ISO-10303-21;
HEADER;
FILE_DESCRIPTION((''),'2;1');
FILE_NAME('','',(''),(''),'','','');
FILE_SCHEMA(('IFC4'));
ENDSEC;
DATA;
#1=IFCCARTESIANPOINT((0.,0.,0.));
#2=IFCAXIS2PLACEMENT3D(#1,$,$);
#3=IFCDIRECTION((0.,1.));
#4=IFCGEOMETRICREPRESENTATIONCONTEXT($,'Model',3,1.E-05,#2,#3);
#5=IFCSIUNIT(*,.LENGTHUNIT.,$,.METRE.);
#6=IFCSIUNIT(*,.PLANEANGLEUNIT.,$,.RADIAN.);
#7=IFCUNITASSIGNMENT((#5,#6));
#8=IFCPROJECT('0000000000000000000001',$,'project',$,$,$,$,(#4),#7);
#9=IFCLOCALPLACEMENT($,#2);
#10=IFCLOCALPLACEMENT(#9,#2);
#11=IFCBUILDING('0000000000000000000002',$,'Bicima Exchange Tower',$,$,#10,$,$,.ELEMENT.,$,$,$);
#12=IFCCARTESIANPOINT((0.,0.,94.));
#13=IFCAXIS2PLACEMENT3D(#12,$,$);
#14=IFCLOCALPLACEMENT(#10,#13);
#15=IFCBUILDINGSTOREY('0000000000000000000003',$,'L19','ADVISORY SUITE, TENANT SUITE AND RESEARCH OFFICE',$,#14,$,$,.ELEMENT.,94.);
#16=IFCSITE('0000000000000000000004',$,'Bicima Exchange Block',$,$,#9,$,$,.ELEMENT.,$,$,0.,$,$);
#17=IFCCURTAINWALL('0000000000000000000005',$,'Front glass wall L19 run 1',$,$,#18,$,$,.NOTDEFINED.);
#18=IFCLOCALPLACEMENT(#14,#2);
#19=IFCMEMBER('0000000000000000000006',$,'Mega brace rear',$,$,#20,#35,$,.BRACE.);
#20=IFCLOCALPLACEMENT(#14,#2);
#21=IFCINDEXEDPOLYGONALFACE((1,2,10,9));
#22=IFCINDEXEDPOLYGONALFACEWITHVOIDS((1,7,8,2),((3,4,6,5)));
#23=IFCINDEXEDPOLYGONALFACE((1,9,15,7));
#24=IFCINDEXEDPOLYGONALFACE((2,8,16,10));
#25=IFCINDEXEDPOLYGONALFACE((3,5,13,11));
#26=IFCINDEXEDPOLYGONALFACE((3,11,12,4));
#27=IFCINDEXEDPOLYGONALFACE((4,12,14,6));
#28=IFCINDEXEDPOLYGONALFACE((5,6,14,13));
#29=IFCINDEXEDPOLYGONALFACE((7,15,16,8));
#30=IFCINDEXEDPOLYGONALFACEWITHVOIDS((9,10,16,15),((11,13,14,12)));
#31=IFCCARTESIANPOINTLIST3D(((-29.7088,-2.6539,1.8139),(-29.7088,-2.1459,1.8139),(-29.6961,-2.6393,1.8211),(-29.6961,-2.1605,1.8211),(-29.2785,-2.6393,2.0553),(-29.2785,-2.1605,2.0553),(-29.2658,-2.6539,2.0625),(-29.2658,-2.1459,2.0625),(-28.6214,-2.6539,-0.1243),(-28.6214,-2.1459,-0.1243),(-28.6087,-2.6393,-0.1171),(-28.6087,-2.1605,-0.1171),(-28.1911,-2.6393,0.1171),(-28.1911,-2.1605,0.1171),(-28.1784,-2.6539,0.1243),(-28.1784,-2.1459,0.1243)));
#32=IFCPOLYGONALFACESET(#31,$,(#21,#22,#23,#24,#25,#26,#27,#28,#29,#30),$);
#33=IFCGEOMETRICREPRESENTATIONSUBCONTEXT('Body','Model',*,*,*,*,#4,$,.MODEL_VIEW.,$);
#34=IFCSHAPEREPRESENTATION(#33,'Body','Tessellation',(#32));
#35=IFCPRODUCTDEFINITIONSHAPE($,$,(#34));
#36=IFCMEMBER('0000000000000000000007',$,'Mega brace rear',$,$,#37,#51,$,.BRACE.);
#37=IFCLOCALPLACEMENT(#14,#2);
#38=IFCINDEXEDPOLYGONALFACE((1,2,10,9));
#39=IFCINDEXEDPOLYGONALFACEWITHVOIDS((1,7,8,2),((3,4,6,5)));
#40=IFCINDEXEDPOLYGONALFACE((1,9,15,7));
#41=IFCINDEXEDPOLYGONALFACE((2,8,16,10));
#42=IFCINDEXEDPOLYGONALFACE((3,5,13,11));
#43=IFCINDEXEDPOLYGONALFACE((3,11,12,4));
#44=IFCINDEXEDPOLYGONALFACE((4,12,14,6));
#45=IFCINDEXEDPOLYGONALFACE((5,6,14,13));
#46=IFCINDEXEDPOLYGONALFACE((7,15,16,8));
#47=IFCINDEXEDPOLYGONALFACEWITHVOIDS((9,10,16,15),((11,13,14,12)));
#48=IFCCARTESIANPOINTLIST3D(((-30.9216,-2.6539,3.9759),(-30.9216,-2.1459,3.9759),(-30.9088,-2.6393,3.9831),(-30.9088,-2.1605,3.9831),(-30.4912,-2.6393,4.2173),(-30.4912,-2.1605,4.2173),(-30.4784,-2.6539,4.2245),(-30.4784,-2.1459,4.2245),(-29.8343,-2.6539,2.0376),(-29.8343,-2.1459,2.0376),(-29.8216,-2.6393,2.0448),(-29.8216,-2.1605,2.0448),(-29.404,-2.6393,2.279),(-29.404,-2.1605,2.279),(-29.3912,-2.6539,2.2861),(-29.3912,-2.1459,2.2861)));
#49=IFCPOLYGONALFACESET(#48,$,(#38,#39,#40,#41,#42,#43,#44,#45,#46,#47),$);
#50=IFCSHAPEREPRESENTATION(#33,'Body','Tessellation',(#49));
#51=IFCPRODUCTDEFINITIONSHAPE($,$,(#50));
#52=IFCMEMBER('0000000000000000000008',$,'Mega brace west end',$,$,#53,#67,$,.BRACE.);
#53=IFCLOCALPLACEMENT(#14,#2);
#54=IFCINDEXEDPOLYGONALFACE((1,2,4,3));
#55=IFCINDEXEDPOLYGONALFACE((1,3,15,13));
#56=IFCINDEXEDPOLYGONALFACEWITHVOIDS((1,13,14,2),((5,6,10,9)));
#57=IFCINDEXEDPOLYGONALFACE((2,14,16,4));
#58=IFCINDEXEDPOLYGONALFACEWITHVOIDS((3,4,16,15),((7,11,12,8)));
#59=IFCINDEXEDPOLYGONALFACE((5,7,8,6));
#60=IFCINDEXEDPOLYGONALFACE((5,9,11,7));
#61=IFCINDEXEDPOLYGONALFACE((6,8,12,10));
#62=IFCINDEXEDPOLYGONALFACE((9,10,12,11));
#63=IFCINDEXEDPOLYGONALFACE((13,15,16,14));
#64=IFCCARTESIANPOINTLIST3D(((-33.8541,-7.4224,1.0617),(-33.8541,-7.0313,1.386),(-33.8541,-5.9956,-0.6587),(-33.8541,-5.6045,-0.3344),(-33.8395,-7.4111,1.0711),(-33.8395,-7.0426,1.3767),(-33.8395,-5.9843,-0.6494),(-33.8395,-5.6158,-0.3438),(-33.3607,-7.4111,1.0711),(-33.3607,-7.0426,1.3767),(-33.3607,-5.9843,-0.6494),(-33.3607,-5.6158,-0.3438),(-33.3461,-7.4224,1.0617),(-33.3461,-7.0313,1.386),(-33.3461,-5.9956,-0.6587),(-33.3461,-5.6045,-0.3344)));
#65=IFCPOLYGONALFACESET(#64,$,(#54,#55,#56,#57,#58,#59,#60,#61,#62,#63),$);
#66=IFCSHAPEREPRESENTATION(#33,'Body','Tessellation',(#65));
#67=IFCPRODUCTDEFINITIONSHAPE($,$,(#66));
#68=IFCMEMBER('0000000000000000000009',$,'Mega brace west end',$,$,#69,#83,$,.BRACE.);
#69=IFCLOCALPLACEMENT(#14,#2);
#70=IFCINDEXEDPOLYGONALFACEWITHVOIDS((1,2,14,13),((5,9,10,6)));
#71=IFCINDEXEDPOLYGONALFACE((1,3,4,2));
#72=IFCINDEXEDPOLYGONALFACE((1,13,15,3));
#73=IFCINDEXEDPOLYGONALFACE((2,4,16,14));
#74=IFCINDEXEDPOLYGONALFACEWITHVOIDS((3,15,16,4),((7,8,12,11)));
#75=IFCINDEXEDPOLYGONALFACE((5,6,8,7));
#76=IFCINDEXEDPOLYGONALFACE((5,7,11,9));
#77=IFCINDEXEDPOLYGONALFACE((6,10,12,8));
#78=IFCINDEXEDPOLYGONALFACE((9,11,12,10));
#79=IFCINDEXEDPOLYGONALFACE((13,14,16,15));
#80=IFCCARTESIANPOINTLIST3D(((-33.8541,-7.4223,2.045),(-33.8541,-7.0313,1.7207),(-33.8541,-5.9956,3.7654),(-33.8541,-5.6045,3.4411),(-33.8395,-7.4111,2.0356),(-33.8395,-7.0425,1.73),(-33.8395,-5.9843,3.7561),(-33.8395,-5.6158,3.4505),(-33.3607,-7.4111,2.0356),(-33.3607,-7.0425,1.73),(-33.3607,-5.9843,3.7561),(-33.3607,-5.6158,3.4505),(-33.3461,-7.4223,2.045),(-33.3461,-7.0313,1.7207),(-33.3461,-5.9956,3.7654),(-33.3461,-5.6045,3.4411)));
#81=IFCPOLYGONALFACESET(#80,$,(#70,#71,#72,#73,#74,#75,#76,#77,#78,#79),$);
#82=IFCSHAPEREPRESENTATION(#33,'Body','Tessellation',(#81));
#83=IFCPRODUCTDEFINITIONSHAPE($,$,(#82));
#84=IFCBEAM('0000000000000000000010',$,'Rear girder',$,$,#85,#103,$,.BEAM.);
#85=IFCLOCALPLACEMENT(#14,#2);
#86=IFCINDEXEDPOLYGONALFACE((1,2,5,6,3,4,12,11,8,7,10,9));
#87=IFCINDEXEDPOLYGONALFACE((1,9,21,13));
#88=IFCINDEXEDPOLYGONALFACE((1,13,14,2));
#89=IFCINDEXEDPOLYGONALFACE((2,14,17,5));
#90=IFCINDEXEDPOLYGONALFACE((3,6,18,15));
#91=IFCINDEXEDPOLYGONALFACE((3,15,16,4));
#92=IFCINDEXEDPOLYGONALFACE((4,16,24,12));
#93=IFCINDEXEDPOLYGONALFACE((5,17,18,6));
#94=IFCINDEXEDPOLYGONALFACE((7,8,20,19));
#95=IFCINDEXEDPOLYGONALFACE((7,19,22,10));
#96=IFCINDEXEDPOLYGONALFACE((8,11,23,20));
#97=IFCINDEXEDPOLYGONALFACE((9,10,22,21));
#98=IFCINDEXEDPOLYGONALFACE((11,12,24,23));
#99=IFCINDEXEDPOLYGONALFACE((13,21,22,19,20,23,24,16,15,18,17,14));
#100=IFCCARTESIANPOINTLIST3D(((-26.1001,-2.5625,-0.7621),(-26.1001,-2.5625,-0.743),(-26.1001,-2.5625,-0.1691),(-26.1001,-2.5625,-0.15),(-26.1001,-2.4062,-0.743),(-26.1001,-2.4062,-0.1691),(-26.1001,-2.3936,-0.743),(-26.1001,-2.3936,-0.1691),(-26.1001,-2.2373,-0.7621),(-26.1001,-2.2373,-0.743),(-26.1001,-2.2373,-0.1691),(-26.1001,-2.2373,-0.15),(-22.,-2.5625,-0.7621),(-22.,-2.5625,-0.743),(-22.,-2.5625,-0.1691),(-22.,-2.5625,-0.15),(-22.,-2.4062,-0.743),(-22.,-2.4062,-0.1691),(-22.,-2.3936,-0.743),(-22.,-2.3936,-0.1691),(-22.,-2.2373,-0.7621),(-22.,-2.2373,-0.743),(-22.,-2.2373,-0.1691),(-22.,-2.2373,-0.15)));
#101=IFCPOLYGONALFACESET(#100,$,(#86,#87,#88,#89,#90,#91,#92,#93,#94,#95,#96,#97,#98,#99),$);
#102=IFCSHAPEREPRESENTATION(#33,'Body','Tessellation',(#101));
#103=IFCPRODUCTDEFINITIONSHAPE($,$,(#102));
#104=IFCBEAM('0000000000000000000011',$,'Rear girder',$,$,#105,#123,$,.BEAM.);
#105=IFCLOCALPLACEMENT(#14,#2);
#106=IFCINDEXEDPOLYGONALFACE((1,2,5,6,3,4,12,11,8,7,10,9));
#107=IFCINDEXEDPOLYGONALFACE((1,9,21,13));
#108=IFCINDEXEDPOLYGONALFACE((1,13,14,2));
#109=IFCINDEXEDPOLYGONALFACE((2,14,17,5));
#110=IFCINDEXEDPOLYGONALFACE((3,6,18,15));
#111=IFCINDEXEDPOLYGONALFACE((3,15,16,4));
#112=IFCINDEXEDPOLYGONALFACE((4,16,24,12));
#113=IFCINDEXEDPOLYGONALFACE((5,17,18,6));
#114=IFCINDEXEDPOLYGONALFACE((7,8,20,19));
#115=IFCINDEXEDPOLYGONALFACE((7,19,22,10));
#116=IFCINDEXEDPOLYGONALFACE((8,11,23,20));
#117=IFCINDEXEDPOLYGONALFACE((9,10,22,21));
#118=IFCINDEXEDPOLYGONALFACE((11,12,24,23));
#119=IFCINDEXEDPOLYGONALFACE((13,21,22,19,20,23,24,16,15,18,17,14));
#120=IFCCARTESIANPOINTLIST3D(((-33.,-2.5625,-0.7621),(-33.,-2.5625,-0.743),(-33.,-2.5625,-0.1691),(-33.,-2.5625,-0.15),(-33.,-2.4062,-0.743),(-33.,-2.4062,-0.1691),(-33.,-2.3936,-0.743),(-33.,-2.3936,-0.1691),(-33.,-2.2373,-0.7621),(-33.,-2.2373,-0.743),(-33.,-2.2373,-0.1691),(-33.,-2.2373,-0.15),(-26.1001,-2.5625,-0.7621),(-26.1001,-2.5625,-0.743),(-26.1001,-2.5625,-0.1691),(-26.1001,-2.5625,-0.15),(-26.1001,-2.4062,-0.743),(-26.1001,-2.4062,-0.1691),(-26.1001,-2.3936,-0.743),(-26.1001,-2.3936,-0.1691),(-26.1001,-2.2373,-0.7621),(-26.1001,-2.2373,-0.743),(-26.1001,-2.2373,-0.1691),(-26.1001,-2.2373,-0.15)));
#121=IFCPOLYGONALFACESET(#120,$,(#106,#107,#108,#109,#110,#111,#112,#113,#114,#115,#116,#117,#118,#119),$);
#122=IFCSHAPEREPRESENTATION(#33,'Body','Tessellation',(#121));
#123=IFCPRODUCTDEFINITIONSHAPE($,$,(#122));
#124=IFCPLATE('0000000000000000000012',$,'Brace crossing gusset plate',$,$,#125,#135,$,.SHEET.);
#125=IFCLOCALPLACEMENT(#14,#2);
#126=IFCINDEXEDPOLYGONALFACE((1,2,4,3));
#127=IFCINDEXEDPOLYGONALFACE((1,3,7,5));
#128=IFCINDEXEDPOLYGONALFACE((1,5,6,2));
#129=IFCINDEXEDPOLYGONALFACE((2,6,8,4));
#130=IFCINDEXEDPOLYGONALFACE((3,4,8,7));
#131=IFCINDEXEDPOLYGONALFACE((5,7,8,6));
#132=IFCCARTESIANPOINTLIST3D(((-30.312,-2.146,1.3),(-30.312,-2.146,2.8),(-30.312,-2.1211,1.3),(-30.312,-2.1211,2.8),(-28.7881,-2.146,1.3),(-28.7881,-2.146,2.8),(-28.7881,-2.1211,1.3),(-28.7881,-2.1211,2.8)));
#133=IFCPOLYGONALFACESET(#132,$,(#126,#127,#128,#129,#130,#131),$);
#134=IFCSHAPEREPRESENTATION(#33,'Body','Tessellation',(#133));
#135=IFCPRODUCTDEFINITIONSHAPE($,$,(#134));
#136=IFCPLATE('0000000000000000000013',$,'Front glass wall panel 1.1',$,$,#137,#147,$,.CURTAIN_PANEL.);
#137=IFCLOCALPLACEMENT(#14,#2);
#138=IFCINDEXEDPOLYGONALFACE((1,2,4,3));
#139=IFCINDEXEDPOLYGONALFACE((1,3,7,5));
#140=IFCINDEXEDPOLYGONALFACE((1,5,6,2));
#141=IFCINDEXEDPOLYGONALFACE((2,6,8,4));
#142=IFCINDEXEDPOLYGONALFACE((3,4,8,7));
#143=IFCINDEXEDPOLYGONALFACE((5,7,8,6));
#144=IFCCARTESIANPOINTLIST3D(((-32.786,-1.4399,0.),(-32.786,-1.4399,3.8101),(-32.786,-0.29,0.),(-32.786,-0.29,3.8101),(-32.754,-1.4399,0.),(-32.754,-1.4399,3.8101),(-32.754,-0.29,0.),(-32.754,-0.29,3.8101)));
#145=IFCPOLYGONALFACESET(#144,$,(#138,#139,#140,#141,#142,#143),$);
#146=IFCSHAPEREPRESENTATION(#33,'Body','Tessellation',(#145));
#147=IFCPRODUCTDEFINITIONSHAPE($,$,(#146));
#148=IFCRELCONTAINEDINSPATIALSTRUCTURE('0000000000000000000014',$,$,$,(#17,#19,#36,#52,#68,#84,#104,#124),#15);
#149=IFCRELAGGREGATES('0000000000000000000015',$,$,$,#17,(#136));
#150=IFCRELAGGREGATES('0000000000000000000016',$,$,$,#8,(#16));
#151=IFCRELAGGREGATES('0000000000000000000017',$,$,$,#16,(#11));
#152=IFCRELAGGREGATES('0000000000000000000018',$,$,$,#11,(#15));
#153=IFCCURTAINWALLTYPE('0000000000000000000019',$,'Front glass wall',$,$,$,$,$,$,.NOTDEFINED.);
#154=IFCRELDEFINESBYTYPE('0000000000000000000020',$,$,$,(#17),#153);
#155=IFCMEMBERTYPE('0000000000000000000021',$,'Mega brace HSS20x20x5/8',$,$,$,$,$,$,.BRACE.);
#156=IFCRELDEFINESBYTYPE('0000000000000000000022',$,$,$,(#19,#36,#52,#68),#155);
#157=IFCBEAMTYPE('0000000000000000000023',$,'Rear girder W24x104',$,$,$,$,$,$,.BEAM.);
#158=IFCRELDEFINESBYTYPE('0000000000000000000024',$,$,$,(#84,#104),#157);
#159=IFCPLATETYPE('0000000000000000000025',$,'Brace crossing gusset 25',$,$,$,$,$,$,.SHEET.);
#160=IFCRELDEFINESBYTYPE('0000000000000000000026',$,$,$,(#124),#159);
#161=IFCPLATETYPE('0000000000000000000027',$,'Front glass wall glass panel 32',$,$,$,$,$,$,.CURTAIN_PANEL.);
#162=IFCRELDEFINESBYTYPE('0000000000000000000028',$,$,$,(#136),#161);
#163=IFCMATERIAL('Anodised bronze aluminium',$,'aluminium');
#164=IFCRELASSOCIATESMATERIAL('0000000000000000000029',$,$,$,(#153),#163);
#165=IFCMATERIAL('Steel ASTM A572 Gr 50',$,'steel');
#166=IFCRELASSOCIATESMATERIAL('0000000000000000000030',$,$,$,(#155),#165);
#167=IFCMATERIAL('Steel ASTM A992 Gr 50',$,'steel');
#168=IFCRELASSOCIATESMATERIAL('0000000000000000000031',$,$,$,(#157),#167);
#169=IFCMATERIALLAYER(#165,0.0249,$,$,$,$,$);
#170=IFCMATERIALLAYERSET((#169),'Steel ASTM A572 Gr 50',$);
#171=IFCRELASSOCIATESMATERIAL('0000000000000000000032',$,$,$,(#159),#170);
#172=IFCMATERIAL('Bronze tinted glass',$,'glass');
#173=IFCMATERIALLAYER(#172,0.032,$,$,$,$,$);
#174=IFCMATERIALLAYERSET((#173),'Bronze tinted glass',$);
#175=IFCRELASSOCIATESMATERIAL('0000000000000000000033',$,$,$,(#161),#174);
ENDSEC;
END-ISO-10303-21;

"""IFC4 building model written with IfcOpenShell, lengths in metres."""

from ifc_helpers import new_model, si_unit, direction, frame, origin, origin_2d, place, context, subcontext, project, spatial, rectangle, hollow_rectangle, i_section, extrude, material, layer, layer_set, material_profile, profile_set, type_object, element, aggregate, save


model = new_model("IFC4")

# Units and contexts
model_context = context("Model", 3, precision=1e-05, world=origin(), true_north=direction((0.0, 1.0)))
body_context = subcontext(model_context, "Body", "Model", "MODEL_VIEW")
ifc_project = project(units=[si_unit("LENGTHUNIT", "METRE"), si_unit("PLANEANGLEUNIT", "RADIAN")], contexts=[model_context])

# Site, building, storey
site_placement = place(None, origin())
site = spatial("IfcSite", under=ifc_project, at=site_placement, Name="Bicima Exchange Block", CompositionType="ELEMENT", RefElevation=0.0)
building_placement = place(site_placement, origin())
building = spatial("IfcBuilding", under=site, at=building_placement, Name="Bicima Exchange Tower", CompositionType="ELEMENT")
storey_placement = place(building_placement, frame((0.0, 0.0, 94.0)))
storey = spatial("IfcBuildingStorey", under=building, at=storey_placement, Name="L19", Description="ADVISORY SUITE, TENANT SUITE AND RESEARCH OFFICE", CompositionType="ELEMENT", Elevation=94.0)

# Shared definitions
ifc_material_1 = material(Name="Steel ASTM A572 Gr 50", Category="steel")
ifc_material_2 = material(Name="Steel ASTM A992 Gr 50", Category="steel")

# Curtain wall
ifc_material_3 = material(Name="Anodised bronze aluminium", Category="aluminium")
curtain_wall_type = type_object("IfcCurtainWallType", Name="Front glass wall", PredefinedType="NOTDEFINED", material=ifc_material_3)
curtain_wall_placement = place(storey_placement, origin())
curtain_wall = element("IfcCurtainWall", 1, at=curtain_wall_placement, inside=storey, type_object=curtain_wall_type, Name="Front glass wall L19 run 1", PredefinedType="NOTDEFINED")

# Members
ifc_material_profile_1 = material_profile(ifc_material_1, hollow_rectangle(XDim=0.5081, YDim=0.5081, WallThickness=0.0146, at=origin_2d()))
ifc_profile_set_1 = profile_set([ifc_material_profile_1], Name="Steel ASTM A572 Gr 50")
member_type_1 = type_object("IfcMemberType", Name="Mega brace HSS20x20x5/8", PredefinedType="BRACE", material=ifc_profile_set_1)
for number, where, z_axis, x_axis, name in (
    (2, (-28.3999, -2.3999, 0.0), (-0.489286, 0.0, 0.872124), (0.0, -1.0, 0.0), "Mega brace rear"),
    (3, (-29.6128, -2.3999, 2.1619), (-0.489202, 0.0, 0.87217), (0.0, -1.0, 0.0), "Mega brace rear"),
):
    element("IfcMember", number, at=place(storey_placement, frame(where, z_axis=z_axis, x_axis=x_axis)), inside=storey, type_object=member_type_1, Name=name, PredefinedType="BRACE", context=body_context, shape_type="SweptSolid", body=[
        extrude(hollow_rectangle(XDim=0.5081, YDim=0.5081, WallThickness=0.0146, at=origin_2d()), origin(), (0.0, 0.0, 1.0), 2.2224),
    ])
for number, where, z_axis, x_axis, name in (
    (4, (-33.6001, -5.8, -0.4966), (0.0, -0.638345, 0.76975), (1.0, 0.0, 0.0), "Mega brace west end"),
    (5, (-33.6001, -7.2268, 1.8828), (0.0, 0.638345, 0.76975), (-1.0, 0.0, 0.0), "Mega brace west end"),
):
    element("IfcMember", number, at=place(storey_placement, frame(where, z_axis=z_axis, x_axis=x_axis)), inside=storey, type_object=member_type_1, Name=name, PredefinedType="BRACE", context=body_context, shape_type="SweptSolid", body=[
        extrude(hollow_rectangle(XDim=0.5081, YDim=0.5081, WallThickness=0.0146, at=origin_2d()), origin(), (0.0, 0.0, 1.0), 2.2351),
    ])

# Beams
ifc_material_profile_2 = material_profile(ifc_material_2, i_section(OverallWidth=0.3252, OverallDepth=0.6121, WebThickness=0.0127, FlangeThickness=0.019, at=origin_2d()))
ifc_profile_set_2 = profile_set([ifc_material_profile_2], Name="Steel ASTM A992 Gr 50")
beam_type_1 = type_object("IfcBeamType", Name="Rear girder W24x104", PredefinedType="BEAM", material=ifc_profile_set_2)
beam_1_placement = place(storey_placement, frame((-22.0, -2.3999, -0.4561), z_axis=(-1.0, 0.0, 0.0), x_axis=(0.0, -1.0, 0.0)))
element("IfcBeam", 6, at=beam_1_placement, inside=storey, type_object=beam_type_1, Name="Rear girder", PredefinedType="BEAM", context=body_context, shape_type="SweptSolid", body=[
    extrude(i_section(OverallWidth=0.3252, OverallDepth=0.6121, WebThickness=0.0127, FlangeThickness=0.019, at=origin_2d()), origin(), (0.0, 0.0, 1.0), 4.1001),
])
beam_2_placement = place(storey_placement, frame((-26.1001, -2.3999, -0.4561), z_axis=(-1.0, 0.0, 0.0), x_axis=(0.0, -1.0, 0.0)))
element("IfcBeam", 7, at=beam_2_placement, inside=storey, type_object=beam_type_1, Name="Rear girder", PredefinedType="BEAM", context=body_context, shape_type="SweptSolid", body=[
    extrude(i_section(OverallWidth=0.3252, OverallDepth=0.6121, WebThickness=0.0127, FlangeThickness=0.019, at=origin_2d()), origin(), (0.0, 0.0, 1.0), 6.8999),
])

# Plates
ifc_layer_1 = layer(ifc_material_1, 0.0249)
ifc_layer_set_1 = layer_set([ifc_layer_1], Name="Steel ASTM A572 Gr 50")
plate_type_1 = type_object("IfcPlateType", Name="Brace crossing gusset 25", PredefinedType="SHEET", material=ifc_layer_set_1)
plate_1_placement = place(storey_placement, frame((-29.55, -2.1335, 1.3), z_axis=(0.0, 0.0, 1.0), x_axis=(1.0, 0.0, 0.0)))
element("IfcPlate", 8, at=plate_1_placement, inside=storey, type_object=plate_type_1, Name="Brace crossing gusset plate", PredefinedType="SHEET", context=body_context, shape_type="SweptSolid", body=[
    extrude(rectangle(XDim=1.5239, YDim=0.0249, at=origin_2d()), origin(), (0.0, 0.0, 1.0), 1.5),
])
ifc_material_4 = material(Name="Bronze tinted glass", Category="glass")
ifc_layer_2 = layer(ifc_material_4, 0.032)
ifc_layer_set_2 = layer_set([ifc_layer_2], Name="Bronze tinted glass")
plate_type_2 = type_object("IfcPlateType", Name="Front glass wall glass panel 32", PredefinedType="CURTAIN_PANEL", material=ifc_layer_set_2)
plate_2_placement = place(storey_placement, frame((-32.77, -0.865, 0.0), z_axis=(0.0, 0.0, 1.0), x_axis=(0.0, -1.0, 0.0)))
plate_2 = element("IfcPlate", 9, at=plate_2_placement, type_object=plate_type_2, Name="Front glass wall panel 1.1", PredefinedType="CURTAIN_PANEL", context=body_context, shape_type="SweptSolid", body=[
    extrude(rectangle(XDim=1.1499, YDim=0.032, at=origin_2d()), origin(), (0.0, 0.0, 1.0), 3.8101),
])
aggregate(curtain_wall, [plate_2])

save(model, "model.ifc")
